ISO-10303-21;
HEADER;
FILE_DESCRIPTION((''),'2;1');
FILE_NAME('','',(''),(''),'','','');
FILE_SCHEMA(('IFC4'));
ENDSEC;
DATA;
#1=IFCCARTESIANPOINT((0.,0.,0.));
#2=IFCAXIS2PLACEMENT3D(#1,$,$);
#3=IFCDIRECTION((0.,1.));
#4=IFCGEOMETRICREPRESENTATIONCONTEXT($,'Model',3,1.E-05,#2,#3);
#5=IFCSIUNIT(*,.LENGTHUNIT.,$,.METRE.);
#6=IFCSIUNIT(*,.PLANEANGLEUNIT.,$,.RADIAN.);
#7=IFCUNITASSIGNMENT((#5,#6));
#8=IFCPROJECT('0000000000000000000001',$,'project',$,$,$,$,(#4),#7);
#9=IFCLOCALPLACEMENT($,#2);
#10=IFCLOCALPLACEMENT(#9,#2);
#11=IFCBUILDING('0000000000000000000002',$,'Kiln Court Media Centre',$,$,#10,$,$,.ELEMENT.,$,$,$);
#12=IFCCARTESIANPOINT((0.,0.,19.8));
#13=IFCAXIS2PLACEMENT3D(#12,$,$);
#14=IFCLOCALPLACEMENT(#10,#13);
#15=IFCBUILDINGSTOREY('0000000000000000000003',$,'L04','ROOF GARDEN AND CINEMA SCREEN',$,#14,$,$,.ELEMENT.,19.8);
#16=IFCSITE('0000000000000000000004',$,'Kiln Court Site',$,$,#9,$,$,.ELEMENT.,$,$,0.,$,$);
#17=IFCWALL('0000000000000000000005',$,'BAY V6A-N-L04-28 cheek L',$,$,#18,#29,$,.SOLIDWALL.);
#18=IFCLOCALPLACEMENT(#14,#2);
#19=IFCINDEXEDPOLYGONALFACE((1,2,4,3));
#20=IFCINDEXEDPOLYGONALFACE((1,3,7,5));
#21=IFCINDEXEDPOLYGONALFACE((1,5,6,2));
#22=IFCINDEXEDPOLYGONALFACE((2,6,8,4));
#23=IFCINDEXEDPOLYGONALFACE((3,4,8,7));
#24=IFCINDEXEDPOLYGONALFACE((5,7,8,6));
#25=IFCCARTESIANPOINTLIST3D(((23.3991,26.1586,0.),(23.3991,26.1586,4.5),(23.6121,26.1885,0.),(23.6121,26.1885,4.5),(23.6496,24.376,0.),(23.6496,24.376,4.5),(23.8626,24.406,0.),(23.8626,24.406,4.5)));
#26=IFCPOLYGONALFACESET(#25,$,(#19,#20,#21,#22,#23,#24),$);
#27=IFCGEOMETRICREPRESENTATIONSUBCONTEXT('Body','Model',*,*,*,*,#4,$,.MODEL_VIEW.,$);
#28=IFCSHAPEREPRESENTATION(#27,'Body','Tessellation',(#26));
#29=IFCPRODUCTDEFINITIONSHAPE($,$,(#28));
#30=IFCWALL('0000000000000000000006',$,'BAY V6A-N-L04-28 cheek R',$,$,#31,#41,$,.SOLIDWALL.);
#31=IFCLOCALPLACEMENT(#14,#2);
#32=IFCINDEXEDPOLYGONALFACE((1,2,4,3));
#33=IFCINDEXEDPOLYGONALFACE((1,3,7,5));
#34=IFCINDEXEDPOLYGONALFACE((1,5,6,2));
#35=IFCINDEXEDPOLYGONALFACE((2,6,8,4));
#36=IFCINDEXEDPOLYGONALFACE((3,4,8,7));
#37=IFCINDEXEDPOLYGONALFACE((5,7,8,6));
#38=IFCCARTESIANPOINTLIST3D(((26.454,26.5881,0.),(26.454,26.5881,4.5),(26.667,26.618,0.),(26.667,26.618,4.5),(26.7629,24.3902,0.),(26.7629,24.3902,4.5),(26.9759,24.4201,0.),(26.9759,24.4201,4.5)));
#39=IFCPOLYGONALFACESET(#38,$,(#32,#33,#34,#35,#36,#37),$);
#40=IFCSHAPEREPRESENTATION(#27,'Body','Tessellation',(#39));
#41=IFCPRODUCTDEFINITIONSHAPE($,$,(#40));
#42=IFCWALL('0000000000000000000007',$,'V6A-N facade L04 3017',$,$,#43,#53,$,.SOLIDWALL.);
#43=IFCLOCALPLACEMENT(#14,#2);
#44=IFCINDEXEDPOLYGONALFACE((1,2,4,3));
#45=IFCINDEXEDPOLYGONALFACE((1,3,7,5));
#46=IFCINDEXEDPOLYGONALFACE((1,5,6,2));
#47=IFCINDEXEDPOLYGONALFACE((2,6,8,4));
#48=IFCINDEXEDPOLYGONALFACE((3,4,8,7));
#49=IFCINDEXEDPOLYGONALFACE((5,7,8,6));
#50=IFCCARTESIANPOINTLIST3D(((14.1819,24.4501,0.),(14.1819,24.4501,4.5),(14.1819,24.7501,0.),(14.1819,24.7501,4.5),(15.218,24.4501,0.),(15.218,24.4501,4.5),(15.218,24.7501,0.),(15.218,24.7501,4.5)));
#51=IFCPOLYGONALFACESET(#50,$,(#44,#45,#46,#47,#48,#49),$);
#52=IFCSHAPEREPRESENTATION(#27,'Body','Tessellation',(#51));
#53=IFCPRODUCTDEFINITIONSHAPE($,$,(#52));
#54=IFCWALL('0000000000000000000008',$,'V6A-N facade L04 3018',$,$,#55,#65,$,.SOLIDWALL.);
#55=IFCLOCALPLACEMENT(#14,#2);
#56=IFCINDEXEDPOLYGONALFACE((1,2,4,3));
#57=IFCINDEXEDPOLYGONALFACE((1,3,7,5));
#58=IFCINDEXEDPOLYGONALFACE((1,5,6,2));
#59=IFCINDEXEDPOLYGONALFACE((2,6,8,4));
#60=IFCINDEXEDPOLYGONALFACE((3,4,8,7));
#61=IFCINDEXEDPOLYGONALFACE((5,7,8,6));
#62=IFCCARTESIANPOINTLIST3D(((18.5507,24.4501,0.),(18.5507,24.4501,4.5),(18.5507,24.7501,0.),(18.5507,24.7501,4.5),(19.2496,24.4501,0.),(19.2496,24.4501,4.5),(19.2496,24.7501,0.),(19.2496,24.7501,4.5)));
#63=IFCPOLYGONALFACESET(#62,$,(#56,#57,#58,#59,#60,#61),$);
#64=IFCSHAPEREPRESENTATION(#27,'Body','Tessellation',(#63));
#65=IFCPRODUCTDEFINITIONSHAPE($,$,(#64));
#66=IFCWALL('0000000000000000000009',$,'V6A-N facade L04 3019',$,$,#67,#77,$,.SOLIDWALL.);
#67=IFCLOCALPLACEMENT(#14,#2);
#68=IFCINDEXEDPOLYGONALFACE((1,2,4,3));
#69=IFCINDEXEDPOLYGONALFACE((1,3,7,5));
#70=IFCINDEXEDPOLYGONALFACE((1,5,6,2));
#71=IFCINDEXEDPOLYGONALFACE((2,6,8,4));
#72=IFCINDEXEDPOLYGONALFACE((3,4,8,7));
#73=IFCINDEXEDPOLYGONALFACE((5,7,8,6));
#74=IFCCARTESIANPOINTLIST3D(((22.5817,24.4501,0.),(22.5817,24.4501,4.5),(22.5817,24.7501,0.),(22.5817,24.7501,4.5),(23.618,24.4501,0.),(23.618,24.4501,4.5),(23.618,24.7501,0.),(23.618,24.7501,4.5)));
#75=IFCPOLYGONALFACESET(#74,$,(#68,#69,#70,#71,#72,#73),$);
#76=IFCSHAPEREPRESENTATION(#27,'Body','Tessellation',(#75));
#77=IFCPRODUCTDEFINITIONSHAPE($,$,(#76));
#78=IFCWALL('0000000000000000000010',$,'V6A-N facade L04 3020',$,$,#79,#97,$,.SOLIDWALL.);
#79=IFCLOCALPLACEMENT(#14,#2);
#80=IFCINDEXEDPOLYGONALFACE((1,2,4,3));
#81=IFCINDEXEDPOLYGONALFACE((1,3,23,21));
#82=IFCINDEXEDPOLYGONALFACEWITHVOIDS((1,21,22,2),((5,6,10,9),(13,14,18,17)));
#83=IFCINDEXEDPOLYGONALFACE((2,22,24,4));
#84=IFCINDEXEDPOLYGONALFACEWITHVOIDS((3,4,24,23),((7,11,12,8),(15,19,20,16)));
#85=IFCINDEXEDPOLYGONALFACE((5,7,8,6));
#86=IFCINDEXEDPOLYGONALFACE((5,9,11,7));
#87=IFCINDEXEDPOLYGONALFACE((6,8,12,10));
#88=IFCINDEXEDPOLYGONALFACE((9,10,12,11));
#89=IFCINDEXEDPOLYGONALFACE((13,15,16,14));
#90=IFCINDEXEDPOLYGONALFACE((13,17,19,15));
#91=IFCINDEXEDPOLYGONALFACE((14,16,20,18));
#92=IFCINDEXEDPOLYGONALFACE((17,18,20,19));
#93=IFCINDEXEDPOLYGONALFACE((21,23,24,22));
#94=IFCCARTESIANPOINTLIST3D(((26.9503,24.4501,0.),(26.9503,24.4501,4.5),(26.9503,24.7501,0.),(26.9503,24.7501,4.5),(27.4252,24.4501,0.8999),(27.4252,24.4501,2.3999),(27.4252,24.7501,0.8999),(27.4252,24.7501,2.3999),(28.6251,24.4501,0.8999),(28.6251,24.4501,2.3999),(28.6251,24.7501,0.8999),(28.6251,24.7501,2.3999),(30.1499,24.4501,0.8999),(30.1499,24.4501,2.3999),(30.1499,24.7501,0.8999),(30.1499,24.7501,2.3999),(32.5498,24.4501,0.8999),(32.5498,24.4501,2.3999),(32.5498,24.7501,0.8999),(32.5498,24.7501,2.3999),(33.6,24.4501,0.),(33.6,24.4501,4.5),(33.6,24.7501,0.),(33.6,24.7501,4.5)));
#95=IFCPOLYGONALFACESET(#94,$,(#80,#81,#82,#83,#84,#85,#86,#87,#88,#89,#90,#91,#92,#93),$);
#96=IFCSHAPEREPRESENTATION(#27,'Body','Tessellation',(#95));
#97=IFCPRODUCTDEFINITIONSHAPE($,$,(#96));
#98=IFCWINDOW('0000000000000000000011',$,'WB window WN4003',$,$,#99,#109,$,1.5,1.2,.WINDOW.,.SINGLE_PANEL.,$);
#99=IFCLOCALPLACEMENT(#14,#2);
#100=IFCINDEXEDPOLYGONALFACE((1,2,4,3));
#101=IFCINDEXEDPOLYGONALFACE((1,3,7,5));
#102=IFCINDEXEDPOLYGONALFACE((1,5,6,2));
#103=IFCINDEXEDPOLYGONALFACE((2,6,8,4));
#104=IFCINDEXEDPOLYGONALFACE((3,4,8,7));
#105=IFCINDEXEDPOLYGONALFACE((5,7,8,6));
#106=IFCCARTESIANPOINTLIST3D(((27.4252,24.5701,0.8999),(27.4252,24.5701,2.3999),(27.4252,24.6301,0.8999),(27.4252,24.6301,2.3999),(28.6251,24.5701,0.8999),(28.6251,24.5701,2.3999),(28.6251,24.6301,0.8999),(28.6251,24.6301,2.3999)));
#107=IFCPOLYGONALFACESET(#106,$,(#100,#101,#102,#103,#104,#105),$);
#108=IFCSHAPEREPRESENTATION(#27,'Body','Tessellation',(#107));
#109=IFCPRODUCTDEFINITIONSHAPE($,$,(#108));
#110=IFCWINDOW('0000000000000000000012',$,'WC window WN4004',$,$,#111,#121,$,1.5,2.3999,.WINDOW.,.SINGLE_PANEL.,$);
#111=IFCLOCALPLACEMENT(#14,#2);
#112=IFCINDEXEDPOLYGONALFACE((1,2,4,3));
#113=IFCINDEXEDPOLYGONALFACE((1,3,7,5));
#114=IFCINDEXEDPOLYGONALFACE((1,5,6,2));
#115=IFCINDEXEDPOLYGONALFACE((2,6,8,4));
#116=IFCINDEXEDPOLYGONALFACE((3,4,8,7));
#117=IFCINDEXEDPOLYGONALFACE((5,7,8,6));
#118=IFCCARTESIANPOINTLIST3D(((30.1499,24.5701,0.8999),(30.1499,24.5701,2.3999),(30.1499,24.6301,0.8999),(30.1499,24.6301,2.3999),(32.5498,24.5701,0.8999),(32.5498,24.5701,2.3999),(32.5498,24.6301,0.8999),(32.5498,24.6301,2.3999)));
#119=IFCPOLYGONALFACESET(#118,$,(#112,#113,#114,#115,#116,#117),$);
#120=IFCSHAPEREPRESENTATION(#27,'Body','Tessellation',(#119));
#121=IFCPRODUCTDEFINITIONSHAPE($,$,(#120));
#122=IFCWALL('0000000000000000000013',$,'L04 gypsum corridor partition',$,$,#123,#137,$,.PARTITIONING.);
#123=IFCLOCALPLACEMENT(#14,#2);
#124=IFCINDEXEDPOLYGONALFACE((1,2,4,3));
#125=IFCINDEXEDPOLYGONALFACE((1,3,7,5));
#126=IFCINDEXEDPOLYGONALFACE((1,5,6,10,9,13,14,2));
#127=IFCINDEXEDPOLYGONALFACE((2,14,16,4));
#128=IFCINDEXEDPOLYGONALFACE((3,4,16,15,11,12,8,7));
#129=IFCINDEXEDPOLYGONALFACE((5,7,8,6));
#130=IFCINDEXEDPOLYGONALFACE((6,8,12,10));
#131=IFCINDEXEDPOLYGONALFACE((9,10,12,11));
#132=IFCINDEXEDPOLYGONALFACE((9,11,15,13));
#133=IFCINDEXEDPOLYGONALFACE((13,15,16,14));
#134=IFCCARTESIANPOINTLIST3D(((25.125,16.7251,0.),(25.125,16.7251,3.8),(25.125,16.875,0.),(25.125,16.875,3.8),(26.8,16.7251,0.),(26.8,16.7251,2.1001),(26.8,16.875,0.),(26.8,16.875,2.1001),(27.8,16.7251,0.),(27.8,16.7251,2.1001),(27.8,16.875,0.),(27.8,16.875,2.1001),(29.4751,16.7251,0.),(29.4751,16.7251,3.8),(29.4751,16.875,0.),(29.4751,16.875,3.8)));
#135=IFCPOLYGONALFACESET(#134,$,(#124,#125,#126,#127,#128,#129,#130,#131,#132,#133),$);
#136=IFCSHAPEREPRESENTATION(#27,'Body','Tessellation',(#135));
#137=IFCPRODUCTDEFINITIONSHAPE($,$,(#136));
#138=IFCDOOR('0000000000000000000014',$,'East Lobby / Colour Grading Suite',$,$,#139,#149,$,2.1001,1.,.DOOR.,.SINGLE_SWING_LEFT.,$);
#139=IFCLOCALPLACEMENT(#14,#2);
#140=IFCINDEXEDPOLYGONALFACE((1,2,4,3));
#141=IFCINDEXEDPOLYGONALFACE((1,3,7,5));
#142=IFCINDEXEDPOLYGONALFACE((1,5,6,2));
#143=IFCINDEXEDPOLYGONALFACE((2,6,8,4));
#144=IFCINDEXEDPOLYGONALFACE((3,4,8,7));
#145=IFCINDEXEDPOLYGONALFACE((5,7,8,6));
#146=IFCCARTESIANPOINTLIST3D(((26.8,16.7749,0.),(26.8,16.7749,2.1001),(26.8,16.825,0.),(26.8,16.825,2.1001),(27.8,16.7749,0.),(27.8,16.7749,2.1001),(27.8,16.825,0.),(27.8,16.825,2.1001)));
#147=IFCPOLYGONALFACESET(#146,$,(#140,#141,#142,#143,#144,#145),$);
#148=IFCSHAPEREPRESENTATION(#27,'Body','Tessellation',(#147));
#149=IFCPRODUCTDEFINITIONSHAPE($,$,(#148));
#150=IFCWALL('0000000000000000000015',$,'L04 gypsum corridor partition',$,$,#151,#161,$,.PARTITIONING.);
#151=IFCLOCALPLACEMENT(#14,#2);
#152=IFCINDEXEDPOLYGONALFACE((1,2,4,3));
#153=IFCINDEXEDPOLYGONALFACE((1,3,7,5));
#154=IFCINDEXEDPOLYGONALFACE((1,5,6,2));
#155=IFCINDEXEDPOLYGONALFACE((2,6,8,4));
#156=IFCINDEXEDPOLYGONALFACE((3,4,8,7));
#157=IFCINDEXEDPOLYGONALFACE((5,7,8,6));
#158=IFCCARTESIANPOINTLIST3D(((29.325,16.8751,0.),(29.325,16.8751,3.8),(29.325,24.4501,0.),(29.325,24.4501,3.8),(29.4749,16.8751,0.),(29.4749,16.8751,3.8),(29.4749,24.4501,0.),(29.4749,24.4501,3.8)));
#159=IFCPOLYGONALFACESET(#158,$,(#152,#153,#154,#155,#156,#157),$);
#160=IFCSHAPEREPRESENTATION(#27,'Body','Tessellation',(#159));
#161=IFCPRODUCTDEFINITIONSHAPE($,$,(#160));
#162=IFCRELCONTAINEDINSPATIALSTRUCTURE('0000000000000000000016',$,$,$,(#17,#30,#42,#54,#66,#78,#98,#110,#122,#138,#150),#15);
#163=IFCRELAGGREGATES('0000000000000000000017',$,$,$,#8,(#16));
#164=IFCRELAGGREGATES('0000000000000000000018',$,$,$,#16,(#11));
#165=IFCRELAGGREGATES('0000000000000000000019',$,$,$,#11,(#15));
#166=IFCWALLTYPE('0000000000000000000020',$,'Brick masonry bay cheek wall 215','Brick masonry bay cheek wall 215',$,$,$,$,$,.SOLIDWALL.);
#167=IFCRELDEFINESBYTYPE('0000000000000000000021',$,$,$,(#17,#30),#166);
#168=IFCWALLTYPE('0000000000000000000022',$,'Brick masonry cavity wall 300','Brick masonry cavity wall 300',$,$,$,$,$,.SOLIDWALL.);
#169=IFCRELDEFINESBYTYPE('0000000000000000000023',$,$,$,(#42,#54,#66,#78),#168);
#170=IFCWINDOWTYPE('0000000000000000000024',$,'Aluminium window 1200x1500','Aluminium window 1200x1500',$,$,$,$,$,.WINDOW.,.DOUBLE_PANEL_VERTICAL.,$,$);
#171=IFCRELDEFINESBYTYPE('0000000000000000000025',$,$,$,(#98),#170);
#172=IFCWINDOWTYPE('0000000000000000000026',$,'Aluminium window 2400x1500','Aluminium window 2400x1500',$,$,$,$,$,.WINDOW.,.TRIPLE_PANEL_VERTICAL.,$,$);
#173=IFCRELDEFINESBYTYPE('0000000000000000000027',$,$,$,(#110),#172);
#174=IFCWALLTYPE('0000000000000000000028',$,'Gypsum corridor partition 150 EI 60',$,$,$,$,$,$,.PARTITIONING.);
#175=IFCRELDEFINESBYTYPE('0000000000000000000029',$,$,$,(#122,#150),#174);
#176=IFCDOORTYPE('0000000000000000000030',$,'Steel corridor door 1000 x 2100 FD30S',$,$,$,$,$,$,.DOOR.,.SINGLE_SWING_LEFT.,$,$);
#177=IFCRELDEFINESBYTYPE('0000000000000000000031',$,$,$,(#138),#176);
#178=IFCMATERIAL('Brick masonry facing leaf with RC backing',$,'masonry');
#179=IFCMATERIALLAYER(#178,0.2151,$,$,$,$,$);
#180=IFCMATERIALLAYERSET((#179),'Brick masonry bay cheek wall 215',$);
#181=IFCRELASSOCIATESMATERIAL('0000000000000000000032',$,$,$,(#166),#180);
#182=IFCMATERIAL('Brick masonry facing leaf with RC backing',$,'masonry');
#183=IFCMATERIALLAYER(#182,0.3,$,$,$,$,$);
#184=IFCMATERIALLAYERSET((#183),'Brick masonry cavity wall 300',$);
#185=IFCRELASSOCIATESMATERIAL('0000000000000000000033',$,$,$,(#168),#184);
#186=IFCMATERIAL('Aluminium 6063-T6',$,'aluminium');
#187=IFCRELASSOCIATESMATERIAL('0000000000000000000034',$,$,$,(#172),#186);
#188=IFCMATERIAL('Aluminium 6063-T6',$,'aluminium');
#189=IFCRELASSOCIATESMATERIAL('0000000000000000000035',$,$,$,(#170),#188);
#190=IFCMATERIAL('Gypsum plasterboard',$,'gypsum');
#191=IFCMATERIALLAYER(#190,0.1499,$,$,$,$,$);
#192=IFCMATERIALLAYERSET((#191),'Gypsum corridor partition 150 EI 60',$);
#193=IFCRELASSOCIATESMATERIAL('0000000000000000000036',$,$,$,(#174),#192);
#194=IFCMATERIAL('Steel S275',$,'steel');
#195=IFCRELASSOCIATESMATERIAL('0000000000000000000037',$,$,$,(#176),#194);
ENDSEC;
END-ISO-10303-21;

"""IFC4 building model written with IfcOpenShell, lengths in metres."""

from ifc_helpers import new_model, si_unit, direction, frame, frame_2d, origin, place, context, subcontext, project, spatial, rectangle, extrude, material, layer, layer_set, type_object, element, fill, save


model = new_model("IFC4")

# Units and contexts
model_context = context("Model", 3, precision=1e-05, world=origin(), true_north=direction((0.0, 1.0)))
body_context = subcontext(model_context, "Body", "Model", "MODEL_VIEW")
ifc_project = project(units=[si_unit("LENGTHUNIT", "METRE"), si_unit("PLANEANGLEUNIT", "RADIAN")], contexts=[model_context])

# Site, building, storey
site_placement = place(None, origin())
site = spatial("IfcSite", under=ifc_project, at=site_placement, Name="Kiln Court Site", CompositionType="ELEMENT", RefElevation=0.0)
building_placement = place(site_placement, origin())
building = spatial("IfcBuilding", under=site, at=building_placement, Name="Kiln Court Media Centre", CompositionType="ELEMENT")
storey_placement = place(building_placement, frame((0.0, 0.0, 19.8)))
storey = spatial("IfcBuildingStorey", under=building, at=storey_placement, Name="L04", Description="ROOF GARDEN AND CINEMA SCREEN", CompositionType="ELEMENT", Elevation=19.8)

# Walls
ifc_material_1 = material(Name="Brick masonry facing leaf with RC backing", Category="masonry")
ifc_layer_1 = layer(ifc_material_1, 0.2151)
ifc_layer_set_1 = layer_set([ifc_layer_1], Name="Brick masonry bay cheek wall 215")
wall_type_1 = type_object("IfcWallType", Name="Brick masonry bay cheek wall 215", Description="Brick masonry bay cheek wall 215", PredefinedType="SOLIDWALL", material=ifc_layer_set_1)
for number, where, z_axis, x_axis, name in (
    (1, (23.7561, 24.3911, 0.0), (0.0, 0.0, 1.0), (-0.139161, 0.99027, 0.0), "BAY V6A-N-L04-28 cheek L"),
):
    element("IfcWall", number, at=place(storey_placement, frame(where, z_axis=z_axis, x_axis=x_axis)), inside=storey, type_object=wall_type_1, Name=name, PredefinedType="SOLIDWALL", context=body_context, shape_type="SweptSolid", body=[
        extrude(rectangle(XDim=1.8, YDim=0.2151, at=frame_2d((0.8999, 0.0))), origin(), (0.0, 0.0, 1.0), 4.5),
    ])
wall_1_placement = place(storey_placement, frame((26.8694, 24.405, 0.0), z_axis=(0.0, 0.0, 1.0), x_axis=(-0.139142, 0.990272, 0.0)))
element("IfcWall", 2, at=wall_1_placement, inside=storey, type_object=wall_type_1, Name="BAY V6A-N-L04-28 cheek R", PredefinedType="SOLIDWALL", context=body_context, shape_type="SweptSolid", body=[
    extrude(rectangle(XDim=2.2195, YDim=0.2151, at=frame_2d((1.1099, 0.0))), origin(), (0.0, 0.0, 1.0), 4.5),
])

# Shared definitions
ifc_material_2 = material(Name="Brick masonry facing leaf with RC backing", Category="masonry")
ifc_layer_2 = layer(ifc_material_2, 0.3)
ifc_layer_set_2 = layer_set([ifc_layer_2], Name="Brick masonry cavity wall 300")
wall_type_2 = type_object("IfcWallType", Name="Brick masonry cavity wall 300", Description="Brick masonry cavity wall 300", PredefinedType="SOLIDWALL", material=ifc_layer_set_2)
ifc_material_3 = material(Name="Aluminium 6063-T6", Category="aluminium")
window_type_1 = type_object("IfcWindowType", Name="Aluminium window 2400x1500", Description="Aluminium window 2400x1500", PartitioningType="TRIPLE_PANEL_VERTICAL", PredefinedType="WINDOW", material=ifc_material_3)

# Walls
wall_2_placement = place(storey_placement, frame((14.1819, 24.6001, 0.0), z_axis=(0.0, 0.0, 1.0), x_axis=(1.0, 0.0, 0.0)))
element("IfcWall", 3, at=wall_2_placement, inside=storey, type_object=wall_type_2, Name="V6A-N facade L04 3017", PredefinedType="SOLIDWALL", context=body_context, shape_type="SweptSolid", body=[
    extrude(rectangle(XDim=1.0361, YDim=0.3, at=frame_2d((0.5181, 0.0))), origin(), (0.0, 0.0, 1.0), 4.5),
])
wall_3_placement = place(storey_placement, frame((18.5505, 24.6001, 0.0), z_axis=(0.0, 0.0, 1.0), x_axis=(1.0, 0.0, 0.0)))
element("IfcWall", 4, at=wall_3_placement, inside=storey, type_object=wall_type_2, Name="V6A-N facade L04 3018", PredefinedType="SOLIDWALL", context=body_context, shape_type="SweptSolid", body=[
    extrude(rectangle(XDim=0.699, YDim=0.3, at=frame_2d((0.3496, 0.0))), origin(), (0.0, 0.0, 1.0), 4.5),
])
wall_4_placement = place(storey_placement, frame((22.5818, 24.6001, 0.0), z_axis=(0.0, 0.0, 1.0), x_axis=(1.0, 0.0, 0.0)))
element("IfcWall", 5, at=wall_4_placement, inside=storey, type_object=wall_type_2, Name="V6A-N facade L04 3019", PredefinedType="SOLIDWALL", context=body_context, shape_type="SweptSolid", body=[
    extrude(rectangle(XDim=1.0364, YDim=0.3, at=frame_2d((0.5181, 0.0))), origin(), (0.0, 0.0, 1.0), 4.5),
])

# Wall, openings, windows
wall_5_placement = place(storey_placement, frame((26.9504, 24.6001, 0.0), z_axis=(0.0, 0.0, 1.0), x_axis=(1.0, 0.0, 0.0)))
wall_5 = element("IfcWall", 6, at=wall_5_placement, inside=storey, type_object=wall_type_2, Name="V6A-N facade L04 3020", PredefinedType="SOLIDWALL", context=body_context, shape_type="SweptSolid", body=[
    extrude(rectangle(XDim=6.6497, YDim=0.3, at=frame_2d((3.3247, 0.0))), origin(), (0.0, 0.0, 1.0), 4.5),
])
opening_1_placement = place(wall_5_placement, frame((0.4746, 0.0, 0.8999)))
opening_1 = element("IfcOpeningElement", 7, at=opening_1_placement, cuts=wall_5, PredefinedType="OPENING", context=body_context, shape_type="SweptSolid", body=[
    extrude(rectangle(XDim=1.2, YDim=1.5, at=frame_2d((0.6001, 0.75))), frame((0.0, 0.1599, 0.0), z_axis=(0.0, -1.0, 0.0), x_axis=(1.0, 0.0, 0.0)), (0.0, 0.0, 1.0), 0.3201),
])
opening_2_placement = place(wall_5_placement, frame((3.1995, 0.0, 0.8999)))
opening_2 = element("IfcOpeningElement", 8, at=opening_2_placement, cuts=wall_5, PredefinedType="OPENING", context=body_context, shape_type="SweptSolid", body=[
    extrude(rectangle(XDim=2.3999, YDim=1.5, at=frame_2d((1.2, 0.75))), frame((0.0, 0.1599, 0.0), z_axis=(0.0, -1.0, 0.0), x_axis=(1.0, 0.0, 0.0)), (0.0, 0.0, 1.0), 0.3201),
])
ifc_material_4 = material(Name="Aluminium 6063-T6", Category="aluminium")
window_type_2 = type_object("IfcWindowType", Name="Aluminium window 1200x1500", Description="Aluminium window 1200x1500", PartitioningType="DOUBLE_PANEL_VERTICAL", PredefinedType="WINDOW", material=ifc_material_4)
window_1_placement = place(opening_1_placement, origin())
window_1 = element("IfcWindow", 9, at=window_1_placement, inside=storey, type_object=window_type_2, Name="WB window WN4003", OverallHeight=1.5, OverallWidth=1.2, PartitioningType="SINGLE_PANEL", PredefinedType="WINDOW", context=body_context, shape_type="SweptSolid", body=[
    extrude(rectangle(XDim=1.2, YDim=1.5, at=frame_2d((0.6001, 0.75))), frame((0.0, 0.03, 0.0), z_axis=(0.0, -1.0, 0.0), x_axis=(1.0, 0.0, 0.0)), (0.0, 0.0, 1.0), 0.0601),
])
fill(opening_1, window_1)
window_2_placement = place(opening_2_placement, origin())
window_2 = element("IfcWindow", 10, at=window_2_placement, inside=storey, type_object=window_type_1, Name="WC window WN4004", OverallHeight=1.5, OverallWidth=2.3999, PartitioningType="SINGLE_PANEL", PredefinedType="WINDOW", context=body_context, shape_type="SweptSolid", body=[
    extrude(rectangle(XDim=2.3999, YDim=1.5, at=frame_2d((1.2, 0.75))), frame((0.0, 0.03, 0.0), z_axis=(0.0, -1.0, 0.0), x_axis=(1.0, 0.0, 0.0)), (0.0, 0.0, 1.0), 0.0601),
])
fill(opening_2, window_2)

# Wall, opening, door
ifc_material_5 = material(Name="Gypsum plasterboard", Category="gypsum")
ifc_layer_3 = layer(ifc_material_5, 0.1499)
ifc_layer_set_3 = layer_set([ifc_layer_3], Name="Gypsum corridor partition 150 EI 60")
wall_type_3 = type_object("IfcWallType", Name="Gypsum corridor partition 150 EI 60", PredefinedType="PARTITIONING", material=ifc_layer_set_3)
wall_6_placement = place(storey_placement, frame((25.125, 16.8, 0.0), z_axis=(0.0, 0.0, 1.0), x_axis=(1.0, 0.0, 0.0)))
wall_6 = element("IfcWall", 11, at=wall_6_placement, inside=storey, type_object=wall_type_3, Name="L04 gypsum corridor partition", PredefinedType="PARTITIONING", context=body_context, shape_type="SweptSolid", body=[
    extrude(rectangle(XDim=4.3501, YDim=0.1499, at=frame_2d((2.175, 0.0))), origin(), (0.0, 0.0, 1.0), 3.8),
])
opening_3_placement = place(wall_6_placement, frame((1.675, 0.0, 0.0)))
opening_3 = element("IfcOpeningElement", 12, at=opening_3_placement, cuts=wall_6, PredefinedType="OPENING", context=body_context, shape_type="SweptSolid", body=[
    extrude(rectangle(XDim=1.0, YDim=2.1001, at=frame_2d((0.5, 1.05))), frame((0.0, 0.085, 0.0), z_axis=(0.0, -1.0, 0.0), x_axis=(1.0, 0.0, 0.0)), (0.0, 0.0, 1.0), 0.1699),
])
ifc_material_6 = material(Name="Steel S275", Category="steel")
door_type_1 = type_object("IfcDoorType", Name="Steel corridor door 1000 x 2100 FD30S", OperationType="SINGLE_SWING_LEFT", PredefinedType="DOOR", material=ifc_material_6)
door_1_placement = place(opening_3_placement, origin())
door_1 = element("IfcDoor", 13, at=door_1_placement, inside=storey, type_object=door_type_1, Name="East Lobby / Colour Grading Suite", OperationType="SINGLE_SWING_LEFT", OverallHeight=2.1001, OverallWidth=1.0, PredefinedType="DOOR", context=body_context, shape_type="SweptSolid", body=[
    extrude(rectangle(XDim=1.0, YDim=2.1001, at=frame_2d((0.5, 1.05))), frame((0.0, 0.0249, 0.0), z_axis=(0.0, -1.0, 0.0), x_axis=(1.0, 0.0, 0.0)), (0.0, 0.0, 1.0), 0.05),
])
fill(opening_3, door_1)

# Wall
wall_7_placement = place(storey_placement, frame((29.3999, 16.875, 0.0), z_axis=(0.0, 0.0, 1.0), x_axis=(0.0, 1.0, 0.0)))
element("IfcWall", 14, at=wall_7_placement, inside=storey, type_object=wall_type_3, Name="L04 gypsum corridor partition", PredefinedType="PARTITIONING", context=body_context, shape_type="SweptSolid", body=[
    extrude(rectangle(XDim=7.575, YDim=0.1499, at=frame_2d((3.7876, 0.0))), origin(), (0.0, 0.0, 1.0), 3.8),
])

save(model, "model.ifc")
